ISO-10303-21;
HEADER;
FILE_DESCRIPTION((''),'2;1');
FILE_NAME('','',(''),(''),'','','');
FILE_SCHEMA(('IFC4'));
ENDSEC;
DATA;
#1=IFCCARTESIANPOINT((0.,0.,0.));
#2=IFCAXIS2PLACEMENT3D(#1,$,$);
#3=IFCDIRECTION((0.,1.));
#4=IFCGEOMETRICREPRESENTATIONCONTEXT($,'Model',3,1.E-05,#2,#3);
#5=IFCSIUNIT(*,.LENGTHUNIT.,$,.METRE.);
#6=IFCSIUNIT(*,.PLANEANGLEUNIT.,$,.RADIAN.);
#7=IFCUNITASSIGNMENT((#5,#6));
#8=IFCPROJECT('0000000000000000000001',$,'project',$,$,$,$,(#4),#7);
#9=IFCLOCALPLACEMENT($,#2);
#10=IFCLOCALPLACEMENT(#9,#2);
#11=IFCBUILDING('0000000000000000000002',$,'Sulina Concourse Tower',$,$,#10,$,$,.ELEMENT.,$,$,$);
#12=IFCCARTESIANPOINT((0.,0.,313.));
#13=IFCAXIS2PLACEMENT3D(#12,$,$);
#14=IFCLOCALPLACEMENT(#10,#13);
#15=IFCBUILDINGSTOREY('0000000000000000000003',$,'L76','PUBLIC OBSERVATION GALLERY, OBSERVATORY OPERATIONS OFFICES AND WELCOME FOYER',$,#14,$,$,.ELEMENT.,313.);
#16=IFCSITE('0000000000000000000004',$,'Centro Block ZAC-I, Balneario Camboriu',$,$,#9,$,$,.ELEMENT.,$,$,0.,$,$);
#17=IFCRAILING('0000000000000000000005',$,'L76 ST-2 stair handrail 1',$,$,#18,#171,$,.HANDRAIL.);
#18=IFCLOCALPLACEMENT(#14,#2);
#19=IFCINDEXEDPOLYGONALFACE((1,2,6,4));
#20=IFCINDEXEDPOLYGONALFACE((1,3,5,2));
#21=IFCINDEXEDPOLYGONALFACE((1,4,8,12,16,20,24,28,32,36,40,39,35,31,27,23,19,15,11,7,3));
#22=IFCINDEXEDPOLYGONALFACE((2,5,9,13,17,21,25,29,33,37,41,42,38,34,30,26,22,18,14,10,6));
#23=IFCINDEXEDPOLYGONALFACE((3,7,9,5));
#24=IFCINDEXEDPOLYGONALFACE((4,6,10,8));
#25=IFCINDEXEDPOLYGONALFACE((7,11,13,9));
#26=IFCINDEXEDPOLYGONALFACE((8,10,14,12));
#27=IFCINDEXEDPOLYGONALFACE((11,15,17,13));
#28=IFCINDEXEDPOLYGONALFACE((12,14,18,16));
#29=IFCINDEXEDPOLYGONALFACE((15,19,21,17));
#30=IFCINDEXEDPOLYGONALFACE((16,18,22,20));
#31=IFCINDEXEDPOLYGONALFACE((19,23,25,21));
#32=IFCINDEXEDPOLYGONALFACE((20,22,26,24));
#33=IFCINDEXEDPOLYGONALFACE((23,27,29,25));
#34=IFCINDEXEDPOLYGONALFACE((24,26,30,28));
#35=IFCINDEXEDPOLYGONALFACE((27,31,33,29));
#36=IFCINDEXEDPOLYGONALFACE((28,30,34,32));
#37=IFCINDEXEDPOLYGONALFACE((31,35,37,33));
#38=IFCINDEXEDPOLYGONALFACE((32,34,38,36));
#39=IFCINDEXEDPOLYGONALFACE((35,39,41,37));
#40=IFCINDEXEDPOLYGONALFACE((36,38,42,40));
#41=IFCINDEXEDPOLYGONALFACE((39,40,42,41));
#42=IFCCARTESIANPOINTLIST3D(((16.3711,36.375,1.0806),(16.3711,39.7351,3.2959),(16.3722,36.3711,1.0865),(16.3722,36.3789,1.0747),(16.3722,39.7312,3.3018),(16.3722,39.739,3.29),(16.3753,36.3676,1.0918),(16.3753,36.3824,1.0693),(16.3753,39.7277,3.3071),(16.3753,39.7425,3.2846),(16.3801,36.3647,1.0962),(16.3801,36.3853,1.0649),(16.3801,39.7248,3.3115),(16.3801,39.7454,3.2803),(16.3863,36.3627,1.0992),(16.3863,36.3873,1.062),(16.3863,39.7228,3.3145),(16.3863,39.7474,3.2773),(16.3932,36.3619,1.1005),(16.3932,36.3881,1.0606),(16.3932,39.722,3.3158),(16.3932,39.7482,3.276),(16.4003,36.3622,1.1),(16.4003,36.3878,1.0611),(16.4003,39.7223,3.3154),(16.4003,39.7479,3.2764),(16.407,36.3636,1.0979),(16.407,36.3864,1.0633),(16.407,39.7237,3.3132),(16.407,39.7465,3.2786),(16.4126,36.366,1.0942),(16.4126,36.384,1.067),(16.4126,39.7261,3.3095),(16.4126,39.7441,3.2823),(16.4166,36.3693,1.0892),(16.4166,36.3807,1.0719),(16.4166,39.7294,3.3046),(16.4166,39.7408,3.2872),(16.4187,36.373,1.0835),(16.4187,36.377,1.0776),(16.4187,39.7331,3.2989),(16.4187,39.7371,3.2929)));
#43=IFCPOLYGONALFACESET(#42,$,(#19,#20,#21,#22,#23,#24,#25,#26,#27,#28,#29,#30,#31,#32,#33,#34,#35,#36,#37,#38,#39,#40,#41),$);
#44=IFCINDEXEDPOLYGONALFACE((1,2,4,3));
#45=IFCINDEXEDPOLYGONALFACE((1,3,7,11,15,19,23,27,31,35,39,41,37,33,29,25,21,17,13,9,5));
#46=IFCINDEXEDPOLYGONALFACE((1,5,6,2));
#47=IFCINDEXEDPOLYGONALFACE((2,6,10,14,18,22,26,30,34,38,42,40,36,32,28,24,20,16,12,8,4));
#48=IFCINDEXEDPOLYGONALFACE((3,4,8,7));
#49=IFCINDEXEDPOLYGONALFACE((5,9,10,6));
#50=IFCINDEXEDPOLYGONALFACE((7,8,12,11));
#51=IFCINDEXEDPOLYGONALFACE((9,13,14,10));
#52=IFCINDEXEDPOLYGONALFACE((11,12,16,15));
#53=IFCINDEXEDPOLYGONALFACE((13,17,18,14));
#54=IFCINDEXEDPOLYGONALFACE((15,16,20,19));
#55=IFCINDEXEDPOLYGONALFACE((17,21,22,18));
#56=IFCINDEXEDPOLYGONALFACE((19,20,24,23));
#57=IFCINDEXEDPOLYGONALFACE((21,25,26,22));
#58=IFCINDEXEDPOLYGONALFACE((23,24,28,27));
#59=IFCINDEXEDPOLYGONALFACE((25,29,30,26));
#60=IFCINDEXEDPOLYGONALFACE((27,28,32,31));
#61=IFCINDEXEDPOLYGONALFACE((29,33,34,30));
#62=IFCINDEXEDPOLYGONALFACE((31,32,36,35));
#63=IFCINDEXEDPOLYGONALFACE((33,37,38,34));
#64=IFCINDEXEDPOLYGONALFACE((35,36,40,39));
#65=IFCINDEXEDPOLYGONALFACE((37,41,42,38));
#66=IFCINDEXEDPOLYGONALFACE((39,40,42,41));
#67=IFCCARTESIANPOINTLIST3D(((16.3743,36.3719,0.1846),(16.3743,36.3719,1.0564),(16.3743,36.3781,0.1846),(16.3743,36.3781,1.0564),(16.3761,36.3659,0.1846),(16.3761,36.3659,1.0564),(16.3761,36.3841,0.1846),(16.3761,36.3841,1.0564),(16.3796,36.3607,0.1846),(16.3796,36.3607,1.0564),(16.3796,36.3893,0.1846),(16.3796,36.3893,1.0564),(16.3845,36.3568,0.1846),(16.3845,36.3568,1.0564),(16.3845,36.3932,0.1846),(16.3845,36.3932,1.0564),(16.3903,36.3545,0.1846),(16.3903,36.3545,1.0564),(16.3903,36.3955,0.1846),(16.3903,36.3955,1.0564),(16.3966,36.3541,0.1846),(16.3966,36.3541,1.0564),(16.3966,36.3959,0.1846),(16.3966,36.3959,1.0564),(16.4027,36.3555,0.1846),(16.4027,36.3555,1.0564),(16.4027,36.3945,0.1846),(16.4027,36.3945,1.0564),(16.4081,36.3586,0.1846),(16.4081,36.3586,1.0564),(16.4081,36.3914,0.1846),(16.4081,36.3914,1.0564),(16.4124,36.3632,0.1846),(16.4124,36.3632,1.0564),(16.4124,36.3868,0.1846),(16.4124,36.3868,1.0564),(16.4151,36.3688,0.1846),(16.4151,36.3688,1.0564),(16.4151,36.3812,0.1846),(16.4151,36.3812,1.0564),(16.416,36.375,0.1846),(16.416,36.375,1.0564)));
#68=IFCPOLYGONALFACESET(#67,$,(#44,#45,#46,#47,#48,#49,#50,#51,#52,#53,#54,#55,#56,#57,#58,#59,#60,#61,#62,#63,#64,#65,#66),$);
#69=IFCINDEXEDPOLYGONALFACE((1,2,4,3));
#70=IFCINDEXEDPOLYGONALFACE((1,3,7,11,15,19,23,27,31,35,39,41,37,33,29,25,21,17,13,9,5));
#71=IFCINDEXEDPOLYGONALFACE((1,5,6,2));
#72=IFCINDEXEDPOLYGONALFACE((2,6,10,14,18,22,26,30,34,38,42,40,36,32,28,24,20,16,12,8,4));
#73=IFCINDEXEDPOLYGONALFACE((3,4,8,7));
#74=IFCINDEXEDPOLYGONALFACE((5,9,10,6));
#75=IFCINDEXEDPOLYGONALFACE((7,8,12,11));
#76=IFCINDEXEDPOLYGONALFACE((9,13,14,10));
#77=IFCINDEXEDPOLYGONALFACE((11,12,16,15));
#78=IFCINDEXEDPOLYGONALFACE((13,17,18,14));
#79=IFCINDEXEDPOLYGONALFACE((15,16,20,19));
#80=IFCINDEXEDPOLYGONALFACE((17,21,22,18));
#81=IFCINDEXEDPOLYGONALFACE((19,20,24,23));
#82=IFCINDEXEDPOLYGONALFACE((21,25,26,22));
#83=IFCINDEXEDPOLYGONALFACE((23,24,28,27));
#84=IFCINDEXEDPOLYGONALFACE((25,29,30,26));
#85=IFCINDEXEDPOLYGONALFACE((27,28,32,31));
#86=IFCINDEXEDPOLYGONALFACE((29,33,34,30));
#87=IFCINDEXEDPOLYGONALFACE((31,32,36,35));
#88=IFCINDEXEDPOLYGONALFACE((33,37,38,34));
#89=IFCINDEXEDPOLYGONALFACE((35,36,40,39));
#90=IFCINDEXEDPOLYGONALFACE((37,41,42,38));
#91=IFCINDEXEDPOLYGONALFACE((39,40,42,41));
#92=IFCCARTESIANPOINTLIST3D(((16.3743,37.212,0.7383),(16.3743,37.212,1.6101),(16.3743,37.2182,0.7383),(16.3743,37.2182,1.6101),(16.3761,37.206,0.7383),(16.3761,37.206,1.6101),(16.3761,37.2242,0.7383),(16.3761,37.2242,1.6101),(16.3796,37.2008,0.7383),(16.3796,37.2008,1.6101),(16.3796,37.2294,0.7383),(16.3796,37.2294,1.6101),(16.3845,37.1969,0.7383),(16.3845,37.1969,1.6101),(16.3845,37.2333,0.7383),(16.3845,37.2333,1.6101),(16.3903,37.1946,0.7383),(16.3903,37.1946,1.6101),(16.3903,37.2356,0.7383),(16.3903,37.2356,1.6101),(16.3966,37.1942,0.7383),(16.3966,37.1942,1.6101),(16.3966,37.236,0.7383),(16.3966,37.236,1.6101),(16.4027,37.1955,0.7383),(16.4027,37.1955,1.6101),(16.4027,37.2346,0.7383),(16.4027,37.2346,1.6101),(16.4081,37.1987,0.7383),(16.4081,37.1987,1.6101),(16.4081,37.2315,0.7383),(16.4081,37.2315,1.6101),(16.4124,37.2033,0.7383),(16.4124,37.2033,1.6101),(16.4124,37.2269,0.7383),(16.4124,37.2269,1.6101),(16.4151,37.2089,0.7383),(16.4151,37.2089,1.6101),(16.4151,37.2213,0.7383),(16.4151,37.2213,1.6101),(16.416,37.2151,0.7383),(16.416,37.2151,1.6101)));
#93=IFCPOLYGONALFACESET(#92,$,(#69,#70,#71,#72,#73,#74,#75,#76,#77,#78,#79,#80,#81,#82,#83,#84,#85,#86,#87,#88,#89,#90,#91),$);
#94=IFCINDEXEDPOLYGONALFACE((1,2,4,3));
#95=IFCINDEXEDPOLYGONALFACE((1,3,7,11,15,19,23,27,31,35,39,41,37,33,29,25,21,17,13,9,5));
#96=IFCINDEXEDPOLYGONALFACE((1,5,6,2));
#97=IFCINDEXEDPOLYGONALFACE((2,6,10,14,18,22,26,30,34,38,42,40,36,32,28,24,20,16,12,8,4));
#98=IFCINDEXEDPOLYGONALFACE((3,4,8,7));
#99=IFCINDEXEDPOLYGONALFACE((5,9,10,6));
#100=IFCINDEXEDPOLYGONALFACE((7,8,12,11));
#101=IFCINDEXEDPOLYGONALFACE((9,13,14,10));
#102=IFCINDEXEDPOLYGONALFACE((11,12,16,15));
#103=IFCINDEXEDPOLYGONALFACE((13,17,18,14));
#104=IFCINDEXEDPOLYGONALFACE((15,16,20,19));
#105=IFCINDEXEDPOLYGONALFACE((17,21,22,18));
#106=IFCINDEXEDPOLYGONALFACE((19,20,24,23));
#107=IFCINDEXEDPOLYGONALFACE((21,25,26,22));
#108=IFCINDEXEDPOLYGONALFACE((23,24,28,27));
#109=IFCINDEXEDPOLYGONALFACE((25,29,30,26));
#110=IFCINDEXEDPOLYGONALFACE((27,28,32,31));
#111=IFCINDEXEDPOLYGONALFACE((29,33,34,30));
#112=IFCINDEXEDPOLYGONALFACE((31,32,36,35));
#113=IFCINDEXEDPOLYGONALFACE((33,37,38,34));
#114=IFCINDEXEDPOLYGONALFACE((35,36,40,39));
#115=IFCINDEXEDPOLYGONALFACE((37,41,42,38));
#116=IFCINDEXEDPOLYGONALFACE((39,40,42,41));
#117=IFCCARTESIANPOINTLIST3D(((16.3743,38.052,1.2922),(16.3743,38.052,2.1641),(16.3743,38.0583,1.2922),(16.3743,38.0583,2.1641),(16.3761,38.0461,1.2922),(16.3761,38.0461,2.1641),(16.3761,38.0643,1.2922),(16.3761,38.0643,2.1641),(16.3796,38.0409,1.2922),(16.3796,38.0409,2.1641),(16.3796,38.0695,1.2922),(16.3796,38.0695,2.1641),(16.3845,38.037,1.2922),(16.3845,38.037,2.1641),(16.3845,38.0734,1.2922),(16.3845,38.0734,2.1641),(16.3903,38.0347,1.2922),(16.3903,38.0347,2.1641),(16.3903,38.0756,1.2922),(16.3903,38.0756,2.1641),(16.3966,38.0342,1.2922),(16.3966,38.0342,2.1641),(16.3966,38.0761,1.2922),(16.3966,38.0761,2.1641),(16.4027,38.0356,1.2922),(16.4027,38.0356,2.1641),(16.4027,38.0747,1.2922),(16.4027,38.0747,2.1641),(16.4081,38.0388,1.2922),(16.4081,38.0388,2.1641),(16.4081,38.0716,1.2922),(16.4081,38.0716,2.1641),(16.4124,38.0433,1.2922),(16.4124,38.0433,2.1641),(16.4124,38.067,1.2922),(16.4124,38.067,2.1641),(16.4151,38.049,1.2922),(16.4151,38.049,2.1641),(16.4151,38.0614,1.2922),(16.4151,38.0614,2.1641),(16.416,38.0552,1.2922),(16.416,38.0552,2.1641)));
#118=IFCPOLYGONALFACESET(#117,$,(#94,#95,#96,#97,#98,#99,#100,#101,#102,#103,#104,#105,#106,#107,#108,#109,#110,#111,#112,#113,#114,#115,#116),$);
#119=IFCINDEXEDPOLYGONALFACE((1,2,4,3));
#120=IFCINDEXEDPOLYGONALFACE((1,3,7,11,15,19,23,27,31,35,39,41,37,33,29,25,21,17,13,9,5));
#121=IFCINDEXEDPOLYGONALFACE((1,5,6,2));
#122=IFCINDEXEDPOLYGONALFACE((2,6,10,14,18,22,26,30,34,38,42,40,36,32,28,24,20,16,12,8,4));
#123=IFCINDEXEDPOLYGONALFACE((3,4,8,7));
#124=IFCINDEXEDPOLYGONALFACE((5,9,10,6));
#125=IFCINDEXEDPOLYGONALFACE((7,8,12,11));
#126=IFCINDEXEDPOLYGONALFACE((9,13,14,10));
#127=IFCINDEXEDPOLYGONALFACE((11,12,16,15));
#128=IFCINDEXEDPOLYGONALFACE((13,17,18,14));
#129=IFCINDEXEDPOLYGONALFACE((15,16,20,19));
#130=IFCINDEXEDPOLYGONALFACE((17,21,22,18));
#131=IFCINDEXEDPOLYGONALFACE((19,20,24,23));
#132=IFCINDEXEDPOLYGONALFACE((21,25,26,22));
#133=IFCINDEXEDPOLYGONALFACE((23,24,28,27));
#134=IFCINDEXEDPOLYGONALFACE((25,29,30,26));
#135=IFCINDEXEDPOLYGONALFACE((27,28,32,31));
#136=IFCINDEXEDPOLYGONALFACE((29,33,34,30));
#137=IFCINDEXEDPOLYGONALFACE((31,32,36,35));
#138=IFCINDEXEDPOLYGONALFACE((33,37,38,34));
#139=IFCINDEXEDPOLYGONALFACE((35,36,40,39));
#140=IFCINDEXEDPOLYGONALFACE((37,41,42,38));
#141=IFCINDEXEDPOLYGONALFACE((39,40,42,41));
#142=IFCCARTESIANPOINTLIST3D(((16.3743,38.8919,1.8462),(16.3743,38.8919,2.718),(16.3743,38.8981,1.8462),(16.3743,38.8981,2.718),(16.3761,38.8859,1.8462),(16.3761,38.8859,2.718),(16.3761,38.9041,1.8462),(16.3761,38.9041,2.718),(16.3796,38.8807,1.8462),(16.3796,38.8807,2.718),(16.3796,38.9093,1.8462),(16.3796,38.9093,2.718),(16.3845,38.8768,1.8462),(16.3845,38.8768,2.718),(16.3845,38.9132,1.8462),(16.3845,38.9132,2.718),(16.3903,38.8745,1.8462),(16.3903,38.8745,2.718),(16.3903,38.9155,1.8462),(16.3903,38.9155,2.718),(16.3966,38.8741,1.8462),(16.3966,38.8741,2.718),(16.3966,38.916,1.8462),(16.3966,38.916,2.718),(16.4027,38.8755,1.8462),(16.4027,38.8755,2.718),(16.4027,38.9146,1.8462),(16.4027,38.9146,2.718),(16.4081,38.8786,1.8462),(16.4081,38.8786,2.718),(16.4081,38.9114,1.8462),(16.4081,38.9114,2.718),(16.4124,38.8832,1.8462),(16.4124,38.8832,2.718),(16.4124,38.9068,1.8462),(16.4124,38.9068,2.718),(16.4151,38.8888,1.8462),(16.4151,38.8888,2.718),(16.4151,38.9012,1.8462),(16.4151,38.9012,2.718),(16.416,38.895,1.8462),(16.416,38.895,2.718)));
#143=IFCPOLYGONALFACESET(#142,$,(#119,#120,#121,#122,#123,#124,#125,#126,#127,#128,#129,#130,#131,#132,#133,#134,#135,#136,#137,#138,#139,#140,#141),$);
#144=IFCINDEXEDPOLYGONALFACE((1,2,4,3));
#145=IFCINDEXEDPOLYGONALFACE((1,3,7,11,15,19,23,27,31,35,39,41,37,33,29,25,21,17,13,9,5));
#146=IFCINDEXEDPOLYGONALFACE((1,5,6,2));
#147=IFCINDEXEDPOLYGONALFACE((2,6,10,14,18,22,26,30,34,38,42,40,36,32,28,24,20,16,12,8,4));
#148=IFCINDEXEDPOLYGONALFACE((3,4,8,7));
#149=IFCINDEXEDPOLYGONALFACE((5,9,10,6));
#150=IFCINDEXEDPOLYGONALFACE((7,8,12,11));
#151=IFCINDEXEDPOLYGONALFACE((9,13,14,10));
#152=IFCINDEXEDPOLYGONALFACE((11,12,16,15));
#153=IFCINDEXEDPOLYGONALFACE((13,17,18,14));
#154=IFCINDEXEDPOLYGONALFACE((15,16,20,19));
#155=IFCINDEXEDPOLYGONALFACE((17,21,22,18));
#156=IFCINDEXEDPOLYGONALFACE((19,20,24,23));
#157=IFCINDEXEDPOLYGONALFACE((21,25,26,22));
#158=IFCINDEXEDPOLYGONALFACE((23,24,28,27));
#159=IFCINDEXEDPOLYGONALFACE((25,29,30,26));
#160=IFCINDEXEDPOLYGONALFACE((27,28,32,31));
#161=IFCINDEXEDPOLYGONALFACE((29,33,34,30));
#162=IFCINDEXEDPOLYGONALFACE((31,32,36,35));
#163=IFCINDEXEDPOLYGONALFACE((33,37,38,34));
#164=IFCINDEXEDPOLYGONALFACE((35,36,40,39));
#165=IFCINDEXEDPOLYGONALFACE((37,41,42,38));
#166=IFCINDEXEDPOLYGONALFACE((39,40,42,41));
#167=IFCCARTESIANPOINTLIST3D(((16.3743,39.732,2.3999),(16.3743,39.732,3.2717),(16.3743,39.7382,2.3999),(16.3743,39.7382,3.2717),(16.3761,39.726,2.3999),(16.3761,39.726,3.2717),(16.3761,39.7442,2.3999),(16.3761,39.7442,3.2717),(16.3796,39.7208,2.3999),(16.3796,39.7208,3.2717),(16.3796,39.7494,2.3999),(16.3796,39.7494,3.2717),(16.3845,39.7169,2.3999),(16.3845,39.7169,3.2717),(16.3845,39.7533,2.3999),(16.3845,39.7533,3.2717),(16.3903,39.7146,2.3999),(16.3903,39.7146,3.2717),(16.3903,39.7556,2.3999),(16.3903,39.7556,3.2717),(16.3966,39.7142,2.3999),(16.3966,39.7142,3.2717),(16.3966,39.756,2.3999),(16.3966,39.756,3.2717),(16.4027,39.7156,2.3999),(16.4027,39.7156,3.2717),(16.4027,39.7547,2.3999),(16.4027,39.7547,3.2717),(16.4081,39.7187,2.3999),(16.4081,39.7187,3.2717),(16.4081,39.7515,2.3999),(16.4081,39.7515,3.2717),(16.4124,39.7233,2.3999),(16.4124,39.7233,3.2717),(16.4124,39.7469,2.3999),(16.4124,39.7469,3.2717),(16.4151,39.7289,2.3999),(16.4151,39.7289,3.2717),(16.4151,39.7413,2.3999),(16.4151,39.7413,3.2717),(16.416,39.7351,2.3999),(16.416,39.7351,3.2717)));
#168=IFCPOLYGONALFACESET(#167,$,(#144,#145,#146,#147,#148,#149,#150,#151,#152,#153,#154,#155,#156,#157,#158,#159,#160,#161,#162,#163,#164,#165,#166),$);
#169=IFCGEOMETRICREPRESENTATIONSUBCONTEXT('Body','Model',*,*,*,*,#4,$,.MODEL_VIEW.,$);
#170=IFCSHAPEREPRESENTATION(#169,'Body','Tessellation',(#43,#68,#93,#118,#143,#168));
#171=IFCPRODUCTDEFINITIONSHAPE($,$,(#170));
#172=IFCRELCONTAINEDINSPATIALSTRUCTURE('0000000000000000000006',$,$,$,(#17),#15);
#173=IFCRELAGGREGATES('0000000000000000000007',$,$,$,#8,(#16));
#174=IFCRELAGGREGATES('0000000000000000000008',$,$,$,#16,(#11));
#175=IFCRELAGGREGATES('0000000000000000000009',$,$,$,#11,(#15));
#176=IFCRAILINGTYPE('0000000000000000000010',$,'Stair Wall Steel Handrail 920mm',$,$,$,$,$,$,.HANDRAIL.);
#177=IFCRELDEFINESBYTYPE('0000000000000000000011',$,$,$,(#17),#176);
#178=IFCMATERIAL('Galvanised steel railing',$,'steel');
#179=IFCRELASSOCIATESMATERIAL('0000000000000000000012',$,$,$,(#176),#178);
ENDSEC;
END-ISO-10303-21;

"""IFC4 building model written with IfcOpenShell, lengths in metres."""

from ifc_helpers import new_model, si_unit, direction, frame, origin, origin_2d, place, context, subcontext, project, spatial, circle, extrude, material, type_object, element, save


model = new_model("IFC4")

# Units and contexts
model_context = context("Model", 3, precision=1e-05, world=origin(), true_north=direction((0.0, 1.0)))
body_context = subcontext(model_context, "Body", "Model", "MODEL_VIEW")
ifc_project = project(units=[si_unit("LENGTHUNIT", "METRE"), si_unit("PLANEANGLEUNIT", "RADIAN")], contexts=[model_context])

# Site, building, storey
site_placement = place(None, origin())
site = spatial("IfcSite", under=ifc_project, at=site_placement, Name="Centro Block ZAC-I, Balneario Camboriu", CompositionType="ELEMENT", RefElevation=0.0)
building_placement = place(site_placement, origin())
building = spatial("IfcBuilding", under=site, at=building_placement, Name="Sulina Concourse Tower", CompositionType="ELEMENT")
storey_placement = place(building_placement, frame((0.0, 0.0, 313.0)))
storey = spatial("IfcBuildingStorey", under=building, at=storey_placement, Name="L76", Description="PUBLIC OBSERVATION GALLERY, OBSERVATORY OPERATIONS OFFICES AND WELCOME FOYER", CompositionType="ELEMENT", Elevation=313.0)

# Railing
ifc_material_1 = material(Name="Galvanised steel railing", Category="steel")
railing_type_1 = type_object("IfcRailingType", Name="Stair Wall Steel Handrail 920mm", PredefinedType="HANDRAIL", material=ifc_material_1)
railing_1_placement = place(storey_placement, frame((16.395, 36.375, 0.1846)))
element("IfcRailing", 1, at=railing_1_placement, inside=storey, type_object=railing_type_1, Name="L76 ST-2 stair handrail 1", PredefinedType="HANDRAIL", context=body_context, shape_type="SweptSolid", body=[
    extrude(circle(Radius=0.0239, at=origin_2d()), frame((0.0, 0.0, 0.896), z_axis=(0.0, 0.834876, 0.550437), x_axis=(-1.0, 0.0, 0.0)), (0.0, 0.0, 1.0), 4.0247),
    extrude(circle(Radius=0.021, at=origin_2d()), origin(), (0.0, 0.0, 1.0), 0.8718),
    extrude(circle(Radius=0.021, at=origin_2d()), frame((0.0, 0.8401, 0.5537)), (0.0, 0.0, 1.0), 0.8718),
    extrude(circle(Radius=0.021, at=origin_2d()), frame((0.0, 1.6802, 1.1077)), (0.0, 0.0, 1.0), 0.8718),
    extrude(circle(Radius=0.021, at=origin_2d()), frame((0.0, 2.52, 1.6616)), (0.0, 0.0, 1.0), 0.8718),
    extrude(circle(Radius=0.021, at=origin_2d()), frame((0.0, 3.3601, 2.2153)), (0.0, 0.0, 1.0), 0.8718),
])

save(model, "model.ifc")
